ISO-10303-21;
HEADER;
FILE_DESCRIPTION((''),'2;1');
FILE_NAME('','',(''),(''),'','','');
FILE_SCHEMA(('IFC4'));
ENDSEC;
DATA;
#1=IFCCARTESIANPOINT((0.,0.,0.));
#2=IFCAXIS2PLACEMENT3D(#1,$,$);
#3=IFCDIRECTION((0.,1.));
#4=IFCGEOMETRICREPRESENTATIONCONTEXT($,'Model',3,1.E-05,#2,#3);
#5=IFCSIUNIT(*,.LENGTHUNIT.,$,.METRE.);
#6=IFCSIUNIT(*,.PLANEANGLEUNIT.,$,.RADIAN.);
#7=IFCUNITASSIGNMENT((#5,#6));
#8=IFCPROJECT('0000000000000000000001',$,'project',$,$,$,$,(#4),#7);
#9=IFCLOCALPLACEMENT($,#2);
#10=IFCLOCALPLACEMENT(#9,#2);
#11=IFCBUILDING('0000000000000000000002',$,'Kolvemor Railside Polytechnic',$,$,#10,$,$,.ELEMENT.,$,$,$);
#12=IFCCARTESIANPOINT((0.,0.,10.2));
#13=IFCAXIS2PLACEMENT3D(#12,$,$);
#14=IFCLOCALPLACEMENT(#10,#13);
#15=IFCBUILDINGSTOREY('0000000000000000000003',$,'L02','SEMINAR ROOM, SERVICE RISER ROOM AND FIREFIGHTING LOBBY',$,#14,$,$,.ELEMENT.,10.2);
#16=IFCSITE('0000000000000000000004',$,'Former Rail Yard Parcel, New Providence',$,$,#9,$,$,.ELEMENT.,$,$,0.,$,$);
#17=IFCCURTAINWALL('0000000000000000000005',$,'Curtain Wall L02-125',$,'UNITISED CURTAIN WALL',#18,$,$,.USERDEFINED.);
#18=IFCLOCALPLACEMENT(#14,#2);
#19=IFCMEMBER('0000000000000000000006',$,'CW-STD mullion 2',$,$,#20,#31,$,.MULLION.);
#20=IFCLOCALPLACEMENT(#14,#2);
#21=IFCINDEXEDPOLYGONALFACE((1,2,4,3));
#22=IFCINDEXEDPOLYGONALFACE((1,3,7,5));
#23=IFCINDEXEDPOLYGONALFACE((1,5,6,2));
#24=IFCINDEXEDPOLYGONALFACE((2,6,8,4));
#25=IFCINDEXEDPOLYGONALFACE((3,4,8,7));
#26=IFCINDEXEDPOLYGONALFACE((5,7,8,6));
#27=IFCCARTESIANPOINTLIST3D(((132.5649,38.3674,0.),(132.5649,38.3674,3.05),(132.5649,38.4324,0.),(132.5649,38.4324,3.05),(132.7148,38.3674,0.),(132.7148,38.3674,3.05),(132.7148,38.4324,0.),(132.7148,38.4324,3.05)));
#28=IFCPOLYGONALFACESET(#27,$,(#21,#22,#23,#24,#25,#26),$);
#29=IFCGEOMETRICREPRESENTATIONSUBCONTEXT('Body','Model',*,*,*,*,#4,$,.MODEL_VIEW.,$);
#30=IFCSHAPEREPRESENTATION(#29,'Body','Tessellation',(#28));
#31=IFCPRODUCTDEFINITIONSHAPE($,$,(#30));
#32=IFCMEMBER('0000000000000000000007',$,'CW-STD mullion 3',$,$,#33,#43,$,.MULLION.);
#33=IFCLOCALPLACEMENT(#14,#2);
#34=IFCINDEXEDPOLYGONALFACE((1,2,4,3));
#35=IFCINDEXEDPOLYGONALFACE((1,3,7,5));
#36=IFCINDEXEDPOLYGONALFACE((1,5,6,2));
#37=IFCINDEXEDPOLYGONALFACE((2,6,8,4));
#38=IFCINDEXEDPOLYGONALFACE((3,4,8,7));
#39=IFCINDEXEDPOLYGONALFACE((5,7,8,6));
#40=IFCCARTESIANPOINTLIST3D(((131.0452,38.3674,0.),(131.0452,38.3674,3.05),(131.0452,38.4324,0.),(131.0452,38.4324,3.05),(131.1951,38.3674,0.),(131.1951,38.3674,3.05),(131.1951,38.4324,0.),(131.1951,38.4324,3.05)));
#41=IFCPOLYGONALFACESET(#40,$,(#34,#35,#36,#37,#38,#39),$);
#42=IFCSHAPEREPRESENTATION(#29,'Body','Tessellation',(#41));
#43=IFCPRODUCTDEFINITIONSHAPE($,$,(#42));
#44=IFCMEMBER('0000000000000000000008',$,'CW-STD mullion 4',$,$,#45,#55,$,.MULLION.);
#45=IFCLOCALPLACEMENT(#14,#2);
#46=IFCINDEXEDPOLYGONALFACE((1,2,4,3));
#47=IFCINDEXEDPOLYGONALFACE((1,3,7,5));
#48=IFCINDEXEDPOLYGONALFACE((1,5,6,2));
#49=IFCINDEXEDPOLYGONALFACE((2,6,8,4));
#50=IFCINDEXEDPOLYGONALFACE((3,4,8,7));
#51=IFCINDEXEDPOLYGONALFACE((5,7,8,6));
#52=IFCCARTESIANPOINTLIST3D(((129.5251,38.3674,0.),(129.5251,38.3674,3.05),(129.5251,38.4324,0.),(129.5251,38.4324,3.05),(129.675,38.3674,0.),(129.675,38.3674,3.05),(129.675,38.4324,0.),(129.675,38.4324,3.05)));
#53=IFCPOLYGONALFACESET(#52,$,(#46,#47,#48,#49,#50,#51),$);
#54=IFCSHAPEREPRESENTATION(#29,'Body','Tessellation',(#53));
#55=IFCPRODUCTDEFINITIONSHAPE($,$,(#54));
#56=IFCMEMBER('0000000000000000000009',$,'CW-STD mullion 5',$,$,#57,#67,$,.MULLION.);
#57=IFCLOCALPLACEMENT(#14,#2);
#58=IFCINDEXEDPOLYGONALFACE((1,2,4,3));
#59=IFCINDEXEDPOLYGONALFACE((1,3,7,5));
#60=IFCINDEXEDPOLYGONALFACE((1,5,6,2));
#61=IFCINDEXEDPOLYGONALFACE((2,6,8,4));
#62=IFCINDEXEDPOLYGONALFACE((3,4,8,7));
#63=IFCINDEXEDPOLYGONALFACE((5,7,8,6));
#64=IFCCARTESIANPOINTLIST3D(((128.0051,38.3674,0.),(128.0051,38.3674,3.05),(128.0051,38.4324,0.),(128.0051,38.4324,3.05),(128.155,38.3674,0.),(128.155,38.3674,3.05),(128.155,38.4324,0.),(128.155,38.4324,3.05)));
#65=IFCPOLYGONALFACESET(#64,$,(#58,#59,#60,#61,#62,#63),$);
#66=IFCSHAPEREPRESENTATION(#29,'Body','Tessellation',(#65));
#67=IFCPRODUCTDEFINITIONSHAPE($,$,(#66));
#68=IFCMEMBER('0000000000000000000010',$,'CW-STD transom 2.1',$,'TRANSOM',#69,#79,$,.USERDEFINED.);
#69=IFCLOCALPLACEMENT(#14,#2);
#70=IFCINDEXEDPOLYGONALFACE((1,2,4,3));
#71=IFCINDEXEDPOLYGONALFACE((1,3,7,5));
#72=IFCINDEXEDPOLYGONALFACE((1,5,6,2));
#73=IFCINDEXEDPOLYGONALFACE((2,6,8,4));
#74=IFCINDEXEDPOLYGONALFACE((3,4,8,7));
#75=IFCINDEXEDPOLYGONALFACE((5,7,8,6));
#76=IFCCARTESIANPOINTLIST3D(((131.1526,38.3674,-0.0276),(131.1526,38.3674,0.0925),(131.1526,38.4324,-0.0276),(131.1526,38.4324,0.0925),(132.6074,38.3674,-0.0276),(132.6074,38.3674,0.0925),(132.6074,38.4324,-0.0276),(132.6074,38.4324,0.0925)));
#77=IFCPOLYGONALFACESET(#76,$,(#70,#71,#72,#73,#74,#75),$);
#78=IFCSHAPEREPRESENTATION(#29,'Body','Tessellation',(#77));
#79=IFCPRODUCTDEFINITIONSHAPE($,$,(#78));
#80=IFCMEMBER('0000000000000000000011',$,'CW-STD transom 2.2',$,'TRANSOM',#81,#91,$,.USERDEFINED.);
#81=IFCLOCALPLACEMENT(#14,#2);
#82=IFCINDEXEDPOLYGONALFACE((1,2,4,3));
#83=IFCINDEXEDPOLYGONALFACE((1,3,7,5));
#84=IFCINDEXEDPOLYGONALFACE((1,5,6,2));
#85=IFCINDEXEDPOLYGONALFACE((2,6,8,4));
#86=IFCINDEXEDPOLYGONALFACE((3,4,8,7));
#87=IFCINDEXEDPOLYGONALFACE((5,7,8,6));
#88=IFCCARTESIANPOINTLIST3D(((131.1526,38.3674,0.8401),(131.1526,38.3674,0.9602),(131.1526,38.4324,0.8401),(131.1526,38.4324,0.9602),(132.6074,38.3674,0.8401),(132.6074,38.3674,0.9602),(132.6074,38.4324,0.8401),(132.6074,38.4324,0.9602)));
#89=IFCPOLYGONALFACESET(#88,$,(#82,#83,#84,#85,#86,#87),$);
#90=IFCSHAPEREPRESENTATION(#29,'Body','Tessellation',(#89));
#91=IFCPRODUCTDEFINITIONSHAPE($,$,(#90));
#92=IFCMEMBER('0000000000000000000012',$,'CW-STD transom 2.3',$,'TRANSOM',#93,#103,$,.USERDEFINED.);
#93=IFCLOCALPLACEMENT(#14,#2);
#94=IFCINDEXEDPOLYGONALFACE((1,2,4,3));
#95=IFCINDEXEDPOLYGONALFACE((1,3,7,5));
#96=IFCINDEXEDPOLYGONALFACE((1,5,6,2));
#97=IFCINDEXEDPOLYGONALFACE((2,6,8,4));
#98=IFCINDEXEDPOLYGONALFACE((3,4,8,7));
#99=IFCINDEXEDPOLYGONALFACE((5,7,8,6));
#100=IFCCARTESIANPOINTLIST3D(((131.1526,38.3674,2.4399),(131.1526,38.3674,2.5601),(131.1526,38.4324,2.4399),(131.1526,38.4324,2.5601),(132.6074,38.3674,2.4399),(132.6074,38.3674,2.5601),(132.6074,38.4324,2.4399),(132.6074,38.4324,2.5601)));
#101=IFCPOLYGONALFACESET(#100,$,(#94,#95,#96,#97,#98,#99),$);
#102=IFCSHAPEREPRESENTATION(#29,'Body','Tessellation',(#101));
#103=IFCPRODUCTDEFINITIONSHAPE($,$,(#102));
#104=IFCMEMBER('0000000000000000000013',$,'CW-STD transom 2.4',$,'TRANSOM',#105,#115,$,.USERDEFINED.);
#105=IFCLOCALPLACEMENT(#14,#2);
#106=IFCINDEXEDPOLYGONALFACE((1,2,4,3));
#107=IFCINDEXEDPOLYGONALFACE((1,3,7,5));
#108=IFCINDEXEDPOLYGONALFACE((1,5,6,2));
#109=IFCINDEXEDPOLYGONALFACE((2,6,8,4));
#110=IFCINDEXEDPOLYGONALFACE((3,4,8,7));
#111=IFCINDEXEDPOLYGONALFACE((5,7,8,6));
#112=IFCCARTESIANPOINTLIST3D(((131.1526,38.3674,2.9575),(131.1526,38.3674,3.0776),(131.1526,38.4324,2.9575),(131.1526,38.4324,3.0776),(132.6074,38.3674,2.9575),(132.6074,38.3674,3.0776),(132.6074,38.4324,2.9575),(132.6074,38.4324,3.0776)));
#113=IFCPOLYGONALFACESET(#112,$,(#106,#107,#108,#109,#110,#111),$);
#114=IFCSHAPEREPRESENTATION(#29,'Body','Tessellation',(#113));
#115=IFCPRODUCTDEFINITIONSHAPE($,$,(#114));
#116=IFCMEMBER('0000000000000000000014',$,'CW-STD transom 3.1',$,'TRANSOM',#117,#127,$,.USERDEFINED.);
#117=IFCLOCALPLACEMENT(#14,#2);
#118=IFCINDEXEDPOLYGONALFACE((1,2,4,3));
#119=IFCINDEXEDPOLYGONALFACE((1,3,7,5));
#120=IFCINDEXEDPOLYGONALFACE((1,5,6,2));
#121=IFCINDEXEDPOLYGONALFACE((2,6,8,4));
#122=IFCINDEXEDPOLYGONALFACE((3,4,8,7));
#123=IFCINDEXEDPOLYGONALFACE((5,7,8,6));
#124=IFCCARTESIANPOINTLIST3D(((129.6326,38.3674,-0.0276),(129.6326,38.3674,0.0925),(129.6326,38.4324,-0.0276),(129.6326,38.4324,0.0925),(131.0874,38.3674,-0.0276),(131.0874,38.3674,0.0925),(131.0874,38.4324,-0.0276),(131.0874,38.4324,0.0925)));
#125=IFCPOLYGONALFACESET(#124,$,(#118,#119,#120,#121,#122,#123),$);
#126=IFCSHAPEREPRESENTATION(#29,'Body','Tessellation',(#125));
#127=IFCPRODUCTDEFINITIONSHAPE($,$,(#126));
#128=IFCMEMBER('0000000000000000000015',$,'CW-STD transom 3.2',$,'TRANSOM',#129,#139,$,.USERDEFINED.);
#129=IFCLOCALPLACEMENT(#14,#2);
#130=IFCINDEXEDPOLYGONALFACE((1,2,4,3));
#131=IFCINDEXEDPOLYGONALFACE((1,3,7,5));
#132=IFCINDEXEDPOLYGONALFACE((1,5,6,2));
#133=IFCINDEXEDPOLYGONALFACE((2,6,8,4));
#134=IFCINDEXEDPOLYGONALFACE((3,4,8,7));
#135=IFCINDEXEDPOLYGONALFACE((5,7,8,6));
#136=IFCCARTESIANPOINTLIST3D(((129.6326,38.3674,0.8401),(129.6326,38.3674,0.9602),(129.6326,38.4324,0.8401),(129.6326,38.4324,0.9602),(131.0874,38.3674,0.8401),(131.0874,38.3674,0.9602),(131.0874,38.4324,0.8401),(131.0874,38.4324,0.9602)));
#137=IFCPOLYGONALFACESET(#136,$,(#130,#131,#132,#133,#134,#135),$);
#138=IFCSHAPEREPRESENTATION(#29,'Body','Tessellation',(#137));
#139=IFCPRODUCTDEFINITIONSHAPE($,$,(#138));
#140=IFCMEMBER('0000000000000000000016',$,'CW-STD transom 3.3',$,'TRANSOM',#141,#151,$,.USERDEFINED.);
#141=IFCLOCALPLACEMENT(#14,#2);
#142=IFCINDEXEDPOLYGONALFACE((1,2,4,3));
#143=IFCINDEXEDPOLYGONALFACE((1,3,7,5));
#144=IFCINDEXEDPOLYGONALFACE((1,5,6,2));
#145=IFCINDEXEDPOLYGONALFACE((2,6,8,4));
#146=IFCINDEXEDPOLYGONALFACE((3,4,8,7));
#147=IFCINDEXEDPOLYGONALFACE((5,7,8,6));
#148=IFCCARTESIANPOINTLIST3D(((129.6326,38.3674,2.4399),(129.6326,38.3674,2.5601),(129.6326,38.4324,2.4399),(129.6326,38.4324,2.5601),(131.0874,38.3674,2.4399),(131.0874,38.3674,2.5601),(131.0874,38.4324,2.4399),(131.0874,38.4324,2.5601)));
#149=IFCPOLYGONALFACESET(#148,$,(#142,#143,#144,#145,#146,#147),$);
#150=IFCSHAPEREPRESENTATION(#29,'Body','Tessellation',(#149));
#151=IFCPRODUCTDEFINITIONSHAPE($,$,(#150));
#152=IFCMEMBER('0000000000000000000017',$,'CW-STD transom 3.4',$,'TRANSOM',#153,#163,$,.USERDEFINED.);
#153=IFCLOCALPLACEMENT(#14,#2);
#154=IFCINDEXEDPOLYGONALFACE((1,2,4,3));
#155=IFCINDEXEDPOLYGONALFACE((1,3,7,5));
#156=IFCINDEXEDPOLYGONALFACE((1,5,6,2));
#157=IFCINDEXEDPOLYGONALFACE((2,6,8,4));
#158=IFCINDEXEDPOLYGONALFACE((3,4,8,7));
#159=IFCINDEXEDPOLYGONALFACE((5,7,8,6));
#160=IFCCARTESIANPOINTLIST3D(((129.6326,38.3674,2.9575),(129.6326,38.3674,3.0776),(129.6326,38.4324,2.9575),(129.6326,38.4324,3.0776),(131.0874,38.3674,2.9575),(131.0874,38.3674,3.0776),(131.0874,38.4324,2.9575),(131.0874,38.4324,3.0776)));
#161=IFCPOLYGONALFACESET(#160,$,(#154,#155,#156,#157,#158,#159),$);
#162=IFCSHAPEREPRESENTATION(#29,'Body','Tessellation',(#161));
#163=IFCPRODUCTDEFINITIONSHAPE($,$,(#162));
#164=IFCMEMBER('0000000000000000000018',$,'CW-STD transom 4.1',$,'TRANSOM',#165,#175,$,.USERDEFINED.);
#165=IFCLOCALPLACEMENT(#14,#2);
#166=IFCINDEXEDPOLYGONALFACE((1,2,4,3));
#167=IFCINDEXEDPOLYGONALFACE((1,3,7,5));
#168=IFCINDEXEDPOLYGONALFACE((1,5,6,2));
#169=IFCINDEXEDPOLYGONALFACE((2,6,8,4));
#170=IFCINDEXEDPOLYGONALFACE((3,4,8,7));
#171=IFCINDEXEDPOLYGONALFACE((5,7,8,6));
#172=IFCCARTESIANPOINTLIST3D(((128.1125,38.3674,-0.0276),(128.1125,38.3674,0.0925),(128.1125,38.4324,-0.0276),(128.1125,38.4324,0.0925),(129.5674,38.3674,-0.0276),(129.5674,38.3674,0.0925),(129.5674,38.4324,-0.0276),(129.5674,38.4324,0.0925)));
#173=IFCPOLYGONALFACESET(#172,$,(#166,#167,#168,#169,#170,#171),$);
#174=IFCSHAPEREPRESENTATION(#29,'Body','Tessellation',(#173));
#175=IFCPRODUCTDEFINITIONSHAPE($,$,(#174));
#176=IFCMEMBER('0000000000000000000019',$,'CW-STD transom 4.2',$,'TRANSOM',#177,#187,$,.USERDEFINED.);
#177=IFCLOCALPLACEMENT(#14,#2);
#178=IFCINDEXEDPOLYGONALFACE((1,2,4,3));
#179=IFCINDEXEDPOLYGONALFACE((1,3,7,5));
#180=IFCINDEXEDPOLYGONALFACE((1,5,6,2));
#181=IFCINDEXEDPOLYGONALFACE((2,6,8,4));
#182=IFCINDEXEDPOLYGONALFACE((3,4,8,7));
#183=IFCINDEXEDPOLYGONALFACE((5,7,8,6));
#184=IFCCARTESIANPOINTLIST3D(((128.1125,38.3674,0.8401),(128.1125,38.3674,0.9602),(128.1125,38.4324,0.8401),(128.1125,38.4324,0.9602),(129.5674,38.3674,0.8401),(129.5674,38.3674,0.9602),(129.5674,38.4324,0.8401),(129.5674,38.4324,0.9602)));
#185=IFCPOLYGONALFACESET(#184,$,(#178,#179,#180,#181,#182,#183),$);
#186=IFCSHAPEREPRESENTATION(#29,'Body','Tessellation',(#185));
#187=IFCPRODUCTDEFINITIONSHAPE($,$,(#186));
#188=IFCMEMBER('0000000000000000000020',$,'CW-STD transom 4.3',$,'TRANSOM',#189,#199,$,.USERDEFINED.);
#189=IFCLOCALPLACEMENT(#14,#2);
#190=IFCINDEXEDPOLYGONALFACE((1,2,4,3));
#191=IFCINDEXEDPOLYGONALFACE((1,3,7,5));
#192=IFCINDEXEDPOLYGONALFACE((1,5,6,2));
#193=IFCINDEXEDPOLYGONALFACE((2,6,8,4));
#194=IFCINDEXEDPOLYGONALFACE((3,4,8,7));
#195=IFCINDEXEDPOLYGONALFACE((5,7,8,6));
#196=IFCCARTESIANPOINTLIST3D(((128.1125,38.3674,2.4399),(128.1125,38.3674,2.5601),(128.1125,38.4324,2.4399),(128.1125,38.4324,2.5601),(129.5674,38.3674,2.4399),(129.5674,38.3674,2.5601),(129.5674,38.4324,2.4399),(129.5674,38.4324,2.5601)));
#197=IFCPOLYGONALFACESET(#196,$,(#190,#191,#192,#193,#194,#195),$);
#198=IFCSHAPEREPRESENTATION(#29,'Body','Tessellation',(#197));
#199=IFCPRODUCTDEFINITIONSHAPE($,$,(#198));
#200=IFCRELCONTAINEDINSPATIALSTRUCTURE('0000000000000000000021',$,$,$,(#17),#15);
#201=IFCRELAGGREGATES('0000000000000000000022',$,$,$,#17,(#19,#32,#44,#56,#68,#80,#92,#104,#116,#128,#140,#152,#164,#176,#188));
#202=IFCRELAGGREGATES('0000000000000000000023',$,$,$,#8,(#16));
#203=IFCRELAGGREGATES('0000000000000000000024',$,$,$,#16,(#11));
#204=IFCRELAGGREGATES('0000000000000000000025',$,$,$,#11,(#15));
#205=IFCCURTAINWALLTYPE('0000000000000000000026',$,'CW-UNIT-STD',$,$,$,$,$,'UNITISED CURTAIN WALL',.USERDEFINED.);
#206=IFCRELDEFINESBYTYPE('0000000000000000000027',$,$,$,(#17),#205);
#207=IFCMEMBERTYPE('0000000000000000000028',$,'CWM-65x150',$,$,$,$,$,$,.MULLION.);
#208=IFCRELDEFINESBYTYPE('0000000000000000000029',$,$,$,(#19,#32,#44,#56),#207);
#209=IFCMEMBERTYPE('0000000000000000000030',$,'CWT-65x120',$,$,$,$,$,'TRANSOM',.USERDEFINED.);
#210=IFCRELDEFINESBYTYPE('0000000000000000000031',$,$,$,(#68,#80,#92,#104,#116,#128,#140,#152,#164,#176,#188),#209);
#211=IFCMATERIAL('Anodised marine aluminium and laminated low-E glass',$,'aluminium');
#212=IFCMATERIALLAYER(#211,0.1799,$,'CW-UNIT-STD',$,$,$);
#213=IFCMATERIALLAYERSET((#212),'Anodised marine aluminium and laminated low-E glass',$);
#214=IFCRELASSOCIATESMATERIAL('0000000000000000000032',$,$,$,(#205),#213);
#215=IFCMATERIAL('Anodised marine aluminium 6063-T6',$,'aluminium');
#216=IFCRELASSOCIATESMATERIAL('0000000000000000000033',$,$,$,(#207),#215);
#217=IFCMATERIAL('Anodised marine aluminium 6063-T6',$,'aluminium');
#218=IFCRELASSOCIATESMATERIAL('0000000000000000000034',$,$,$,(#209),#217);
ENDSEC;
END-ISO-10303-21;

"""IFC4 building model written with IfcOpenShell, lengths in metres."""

from ifc_helpers import new_model, si_unit, direction, frame, origin, origin_2d, place, context, subcontext, project, spatial, rectangle, extrude, material, layer, layer_set, material_profile, profile_set, type_object, element, aggregate, save


model = new_model("IFC4")

# Units and contexts
model_context = context("Model", 3, precision=1e-05, world=origin(), true_north=direction((0.0, 1.0)))
body_context = subcontext(model_context, "Body", "Model", "MODEL_VIEW")
ifc_project = project(units=[si_unit("LENGTHUNIT", "METRE"), si_unit("PLANEANGLEUNIT", "RADIAN")], contexts=[model_context])

# Site, building, storey
site_placement = place(None, origin())
site = spatial("IfcSite", under=ifc_project, at=site_placement, Name="Former Rail Yard Parcel, New Providence", CompositionType="ELEMENT", RefElevation=0.0)
building_placement = place(site_placement, origin())
building = spatial("IfcBuilding", under=site, at=building_placement, Name="Kolvemor Railside Polytechnic", CompositionType="ELEMENT")
storey_placement = place(building_placement, frame((0.0, 0.0, 10.2)))
storey = spatial("IfcBuildingStorey", under=building, at=storey_placement, Name="L02", Description="SEMINAR ROOM, SERVICE RISER ROOM AND FIREFIGHTING LOBBY", CompositionType="ELEMENT", Elevation=10.2)

# Curtain wall, members
ifc_material_1 = material(Name="Anodised marine aluminium and laminated low-E glass", Category="aluminium")
ifc_layer_1 = layer(ifc_material_1, 0.1799, Name="CW-UNIT-STD")
ifc_layer_set_1 = layer_set([ifc_layer_1], Name="Anodised marine aluminium and laminated low-E glass")
curtain_wall_type = type_object("IfcCurtainWallType", Name="CW-UNIT-STD", ElementType="UNITISED CURTAIN WALL", PredefinedType="USERDEFINED", material=ifc_layer_set_1)
curtain_wall_placement = place(storey_placement, origin())
curtain_wall = element("IfcCurtainWall", 1, at=curtain_wall_placement, inside=storey, type_object=curtain_wall_type, Name="Curtain Wall L02-125", ObjectType="UNITISED CURTAIN WALL", PredefinedType="USERDEFINED")
ifc_material_2 = material(Name="Anodised marine aluminium 6063-T6", Category="aluminium")
ifc_material_profile_1 = material_profile(ifc_material_2, rectangle(XDim=0.0649, YDim=0.1499, at=origin_2d()), Name="CW-MUL-65x150")
ifc_profile_set_1 = profile_set([ifc_material_profile_1], Name="Anodised marine aluminium 6063-T6")
member_type_1 = type_object("IfcMemberType", Name="CWM-65x150", PredefinedType="MULLION", material=ifc_profile_set_1)
member_1_placement = place(storey_placement, frame((132.6399, 38.3999, 0.0), z_axis=(0.0, 0.0, 1.0), x_axis=(0.0, -1.0, 0.0)))
member_1 = element("IfcMember", 2, at=member_1_placement, type_object=member_type_1, Name="CW-STD mullion 2", PredefinedType="MULLION", context=body_context, shape_type="SweptSolid", body=[
    extrude(rectangle(XDim=0.0649, YDim=0.1499, at=origin_2d()), origin(), (0.0, 0.0, 1.0), 3.05),
])
member_2_placement = place(storey_placement, frame((131.1201, 38.3999, 0.0), z_axis=(0.0, 0.0, 1.0), x_axis=(0.0, -1.0, 0.0)))
member_2 = element("IfcMember", 3, at=member_2_placement, type_object=member_type_1, Name="CW-STD mullion 3", PredefinedType="MULLION", context=body_context, shape_type="SweptSolid", body=[
    extrude(rectangle(XDim=0.0649, YDim=0.1499, at=origin_2d()), origin(), (0.0, 0.0, 1.0), 3.05),
])
member_3_placement = place(storey_placement, frame((129.6001, 38.3999, 0.0), z_axis=(0.0, 0.0, 1.0), x_axis=(0.0, -1.0, 0.0)))
member_3 = element("IfcMember", 4, at=member_3_placement, type_object=member_type_1, Name="CW-STD mullion 4", PredefinedType="MULLION", context=body_context, shape_type="SweptSolid", body=[
    extrude(rectangle(XDim=0.0649, YDim=0.1499, at=origin_2d()), origin(), (0.0, 0.0, 1.0), 3.05),
])
member_4_placement = place(storey_placement, frame((128.0801, 38.3999, 0.0), z_axis=(0.0, 0.0, 1.0), x_axis=(0.0, -1.0, 0.0)))
member_4 = element("IfcMember", 5, at=member_4_placement, type_object=member_type_1, Name="CW-STD mullion 5", PredefinedType="MULLION", context=body_context, shape_type="SweptSolid", body=[
    extrude(rectangle(XDim=0.0649, YDim=0.1499, at=origin_2d()), origin(), (0.0, 0.0, 1.0), 3.05),
])
ifc_material_3 = material(Name="Anodised marine aluminium 6063-T6", Category="aluminium")
ifc_material_profile_2 = material_profile(ifc_material_3, rectangle(XDim=0.0649, YDim=0.1201, at=origin_2d()), Name="CW-TRN-65x120")
ifc_profile_set_2 = profile_set([ifc_material_profile_2], Name="Anodised marine aluminium 6063-T6")
member_type_2 = type_object("IfcMemberType", Name="CWT-65x120", ElementType="TRANSOM", PredefinedType="USERDEFINED", material=ifc_profile_set_2)
member_5_placement = place(storey_placement, frame((132.6074, 38.3999, 0.0325), z_axis=(-1.0, 0.0, 0.0), x_axis=(0.0, -1.0, 0.0)))
member_5 = element("IfcMember", 6, at=member_5_placement, type_object=member_type_2, Name="CW-STD transom 2.1", ObjectType="TRANSOM", PredefinedType="USERDEFINED", context=body_context, shape_type="SweptSolid", body=[
    extrude(rectangle(XDim=0.0649, YDim=0.1201, at=origin_2d()), origin(), (0.0, 0.0, 1.0), 1.4548),
])
member_6_placement = place(storey_placement, frame((132.6074, 38.3999, 0.9001), z_axis=(-1.0, 0.0, 0.0), x_axis=(0.0, -1.0, 0.0)))
member_6 = element("IfcMember", 7, at=member_6_placement, type_object=member_type_2, Name="CW-STD transom 2.2", ObjectType="TRANSOM", PredefinedType="USERDEFINED", context=body_context, shape_type="SweptSolid", body=[
    extrude(rectangle(XDim=0.0649, YDim=0.1201, at=origin_2d()), origin(), (0.0, 0.0, 1.0), 1.4548),
])
member_7_placement = place(storey_placement, frame((132.6074, 38.3999, 2.5), z_axis=(-1.0, 0.0, 0.0), x_axis=(0.0, -1.0, 0.0)))
member_7 = element("IfcMember", 8, at=member_7_placement, type_object=member_type_2, Name="CW-STD transom 2.3", ObjectType="TRANSOM", PredefinedType="USERDEFINED", context=body_context, shape_type="SweptSolid", body=[
    extrude(rectangle(XDim=0.0649, YDim=0.1201, at=origin_2d()), origin(), (0.0, 0.0, 1.0), 1.4548),
])
member_8_placement = place(storey_placement, frame((132.6074, 38.3999, 3.0176), z_axis=(-1.0, 0.0, 0.0), x_axis=(0.0, -1.0, 0.0)))
member_8 = element("IfcMember", 9, at=member_8_placement, type_object=member_type_2, Name="CW-STD transom 2.4", ObjectType="TRANSOM", PredefinedType="USERDEFINED", context=body_context, shape_type="SweptSolid", body=[
    extrude(rectangle(XDim=0.0649, YDim=0.1201, at=origin_2d()), origin(), (0.0, 0.0, 1.0), 1.4548),
])
member_9_placement = place(storey_placement, frame((131.0874, 38.3999, 0.0325), z_axis=(-1.0, 0.0, 0.0), x_axis=(0.0, -1.0, 0.0)))
member_9 = element("IfcMember", 10, at=member_9_placement, type_object=member_type_2, Name="CW-STD transom 3.1", ObjectType="TRANSOM", PredefinedType="USERDEFINED", context=body_context, shape_type="SweptSolid", body=[
    extrude(rectangle(XDim=0.0649, YDim=0.1201, at=origin_2d()), origin(), (0.0, 0.0, 1.0), 1.4548),
])
member_10_placement = place(storey_placement, frame((131.0874, 38.3999, 0.9001), z_axis=(-1.0, 0.0, 0.0), x_axis=(0.0, -1.0, 0.0)))
member_10 = element("IfcMember", 11, at=member_10_placement, type_object=member_type_2, Name="CW-STD transom 3.2", ObjectType="TRANSOM", PredefinedType="USERDEFINED", context=body_context, shape_type="SweptSolid", body=[
    extrude(rectangle(XDim=0.0649, YDim=0.1201, at=origin_2d()), origin(), (0.0, 0.0, 1.0), 1.4548),
])
member_11_placement = place(storey_placement, frame((131.0874, 38.3999, 2.5), z_axis=(-1.0, 0.0, 0.0), x_axis=(0.0, -1.0, 0.0)))
member_11 = element("IfcMember", 12, at=member_11_placement, type_object=member_type_2, Name="CW-STD transom 3.3", ObjectType="TRANSOM", PredefinedType="USERDEFINED", context=body_context, shape_type="SweptSolid", body=[
    extrude(rectangle(XDim=0.0649, YDim=0.1201, at=origin_2d()), origin(), (0.0, 0.0, 1.0), 1.4548),
])
member_12_placement = place(storey_placement, frame((131.0874, 38.3999, 3.0176), z_axis=(-1.0, 0.0, 0.0), x_axis=(0.0, -1.0, 0.0)))
member_12 = element("IfcMember", 13, at=member_12_placement, type_object=member_type_2, Name="CW-STD transom 3.4", ObjectType="TRANSOM", PredefinedType="USERDEFINED", context=body_context, shape_type="SweptSolid", body=[
    extrude(rectangle(XDim=0.0649, YDim=0.1201, at=origin_2d()), origin(), (0.0, 0.0, 1.0), 1.4548),
])
member_13_placement = place(storey_placement, frame((129.5674, 38.3999, 0.0325), z_axis=(-1.0, 0.0, 0.0), x_axis=(0.0, -1.0, 0.0)))
member_13 = element("IfcMember", 14, at=member_13_placement, type_object=member_type_2, Name="CW-STD transom 4.1", ObjectType="TRANSOM", PredefinedType="USERDEFINED", context=body_context, shape_type="SweptSolid", body=[
    extrude(rectangle(XDim=0.0649, YDim=0.1201, at=origin_2d()), origin(), (0.0, 0.0, 1.0), 1.4548),
])
member_14_placement = place(storey_placement, frame((129.5674, 38.3999, 0.9001), z_axis=(-1.0, 0.0, 0.0), x_axis=(0.0, -1.0, 0.0)))
member_14 = element("IfcMember", 15, at=member_14_placement, type_object=member_type_2, Name="CW-STD transom 4.2", ObjectType="TRANSOM", PredefinedType="USERDEFINED", context=body_context, shape_type="SweptSolid", body=[
    extrude(rectangle(XDim=0.0649, YDim=0.1201, at=origin_2d()), origin(), (0.0, 0.0, 1.0), 1.4548),
])
member_15_placement = place(storey_placement, frame((129.5674, 38.3999, 2.5), z_axis=(-1.0, 0.0, 0.0), x_axis=(0.0, -1.0, 0.0)))
member_15 = element("IfcMember", 16, at=member_15_placement, type_object=member_type_2, Name="CW-STD transom 4.3", ObjectType="TRANSOM", PredefinedType="USERDEFINED", context=body_context, shape_type="SweptSolid", body=[
    extrude(rectangle(XDim=0.0649, YDim=0.1201, at=origin_2d()), origin(), (0.0, 0.0, 1.0), 1.4548),
])
aggregate(curtain_wall, [member_1, member_2, member_3, member_4, member_5, member_6, member_7, member_8, member_9, member_10, member_11, member_12, member_13, member_14, member_15])

save(model, "model.ifc")
